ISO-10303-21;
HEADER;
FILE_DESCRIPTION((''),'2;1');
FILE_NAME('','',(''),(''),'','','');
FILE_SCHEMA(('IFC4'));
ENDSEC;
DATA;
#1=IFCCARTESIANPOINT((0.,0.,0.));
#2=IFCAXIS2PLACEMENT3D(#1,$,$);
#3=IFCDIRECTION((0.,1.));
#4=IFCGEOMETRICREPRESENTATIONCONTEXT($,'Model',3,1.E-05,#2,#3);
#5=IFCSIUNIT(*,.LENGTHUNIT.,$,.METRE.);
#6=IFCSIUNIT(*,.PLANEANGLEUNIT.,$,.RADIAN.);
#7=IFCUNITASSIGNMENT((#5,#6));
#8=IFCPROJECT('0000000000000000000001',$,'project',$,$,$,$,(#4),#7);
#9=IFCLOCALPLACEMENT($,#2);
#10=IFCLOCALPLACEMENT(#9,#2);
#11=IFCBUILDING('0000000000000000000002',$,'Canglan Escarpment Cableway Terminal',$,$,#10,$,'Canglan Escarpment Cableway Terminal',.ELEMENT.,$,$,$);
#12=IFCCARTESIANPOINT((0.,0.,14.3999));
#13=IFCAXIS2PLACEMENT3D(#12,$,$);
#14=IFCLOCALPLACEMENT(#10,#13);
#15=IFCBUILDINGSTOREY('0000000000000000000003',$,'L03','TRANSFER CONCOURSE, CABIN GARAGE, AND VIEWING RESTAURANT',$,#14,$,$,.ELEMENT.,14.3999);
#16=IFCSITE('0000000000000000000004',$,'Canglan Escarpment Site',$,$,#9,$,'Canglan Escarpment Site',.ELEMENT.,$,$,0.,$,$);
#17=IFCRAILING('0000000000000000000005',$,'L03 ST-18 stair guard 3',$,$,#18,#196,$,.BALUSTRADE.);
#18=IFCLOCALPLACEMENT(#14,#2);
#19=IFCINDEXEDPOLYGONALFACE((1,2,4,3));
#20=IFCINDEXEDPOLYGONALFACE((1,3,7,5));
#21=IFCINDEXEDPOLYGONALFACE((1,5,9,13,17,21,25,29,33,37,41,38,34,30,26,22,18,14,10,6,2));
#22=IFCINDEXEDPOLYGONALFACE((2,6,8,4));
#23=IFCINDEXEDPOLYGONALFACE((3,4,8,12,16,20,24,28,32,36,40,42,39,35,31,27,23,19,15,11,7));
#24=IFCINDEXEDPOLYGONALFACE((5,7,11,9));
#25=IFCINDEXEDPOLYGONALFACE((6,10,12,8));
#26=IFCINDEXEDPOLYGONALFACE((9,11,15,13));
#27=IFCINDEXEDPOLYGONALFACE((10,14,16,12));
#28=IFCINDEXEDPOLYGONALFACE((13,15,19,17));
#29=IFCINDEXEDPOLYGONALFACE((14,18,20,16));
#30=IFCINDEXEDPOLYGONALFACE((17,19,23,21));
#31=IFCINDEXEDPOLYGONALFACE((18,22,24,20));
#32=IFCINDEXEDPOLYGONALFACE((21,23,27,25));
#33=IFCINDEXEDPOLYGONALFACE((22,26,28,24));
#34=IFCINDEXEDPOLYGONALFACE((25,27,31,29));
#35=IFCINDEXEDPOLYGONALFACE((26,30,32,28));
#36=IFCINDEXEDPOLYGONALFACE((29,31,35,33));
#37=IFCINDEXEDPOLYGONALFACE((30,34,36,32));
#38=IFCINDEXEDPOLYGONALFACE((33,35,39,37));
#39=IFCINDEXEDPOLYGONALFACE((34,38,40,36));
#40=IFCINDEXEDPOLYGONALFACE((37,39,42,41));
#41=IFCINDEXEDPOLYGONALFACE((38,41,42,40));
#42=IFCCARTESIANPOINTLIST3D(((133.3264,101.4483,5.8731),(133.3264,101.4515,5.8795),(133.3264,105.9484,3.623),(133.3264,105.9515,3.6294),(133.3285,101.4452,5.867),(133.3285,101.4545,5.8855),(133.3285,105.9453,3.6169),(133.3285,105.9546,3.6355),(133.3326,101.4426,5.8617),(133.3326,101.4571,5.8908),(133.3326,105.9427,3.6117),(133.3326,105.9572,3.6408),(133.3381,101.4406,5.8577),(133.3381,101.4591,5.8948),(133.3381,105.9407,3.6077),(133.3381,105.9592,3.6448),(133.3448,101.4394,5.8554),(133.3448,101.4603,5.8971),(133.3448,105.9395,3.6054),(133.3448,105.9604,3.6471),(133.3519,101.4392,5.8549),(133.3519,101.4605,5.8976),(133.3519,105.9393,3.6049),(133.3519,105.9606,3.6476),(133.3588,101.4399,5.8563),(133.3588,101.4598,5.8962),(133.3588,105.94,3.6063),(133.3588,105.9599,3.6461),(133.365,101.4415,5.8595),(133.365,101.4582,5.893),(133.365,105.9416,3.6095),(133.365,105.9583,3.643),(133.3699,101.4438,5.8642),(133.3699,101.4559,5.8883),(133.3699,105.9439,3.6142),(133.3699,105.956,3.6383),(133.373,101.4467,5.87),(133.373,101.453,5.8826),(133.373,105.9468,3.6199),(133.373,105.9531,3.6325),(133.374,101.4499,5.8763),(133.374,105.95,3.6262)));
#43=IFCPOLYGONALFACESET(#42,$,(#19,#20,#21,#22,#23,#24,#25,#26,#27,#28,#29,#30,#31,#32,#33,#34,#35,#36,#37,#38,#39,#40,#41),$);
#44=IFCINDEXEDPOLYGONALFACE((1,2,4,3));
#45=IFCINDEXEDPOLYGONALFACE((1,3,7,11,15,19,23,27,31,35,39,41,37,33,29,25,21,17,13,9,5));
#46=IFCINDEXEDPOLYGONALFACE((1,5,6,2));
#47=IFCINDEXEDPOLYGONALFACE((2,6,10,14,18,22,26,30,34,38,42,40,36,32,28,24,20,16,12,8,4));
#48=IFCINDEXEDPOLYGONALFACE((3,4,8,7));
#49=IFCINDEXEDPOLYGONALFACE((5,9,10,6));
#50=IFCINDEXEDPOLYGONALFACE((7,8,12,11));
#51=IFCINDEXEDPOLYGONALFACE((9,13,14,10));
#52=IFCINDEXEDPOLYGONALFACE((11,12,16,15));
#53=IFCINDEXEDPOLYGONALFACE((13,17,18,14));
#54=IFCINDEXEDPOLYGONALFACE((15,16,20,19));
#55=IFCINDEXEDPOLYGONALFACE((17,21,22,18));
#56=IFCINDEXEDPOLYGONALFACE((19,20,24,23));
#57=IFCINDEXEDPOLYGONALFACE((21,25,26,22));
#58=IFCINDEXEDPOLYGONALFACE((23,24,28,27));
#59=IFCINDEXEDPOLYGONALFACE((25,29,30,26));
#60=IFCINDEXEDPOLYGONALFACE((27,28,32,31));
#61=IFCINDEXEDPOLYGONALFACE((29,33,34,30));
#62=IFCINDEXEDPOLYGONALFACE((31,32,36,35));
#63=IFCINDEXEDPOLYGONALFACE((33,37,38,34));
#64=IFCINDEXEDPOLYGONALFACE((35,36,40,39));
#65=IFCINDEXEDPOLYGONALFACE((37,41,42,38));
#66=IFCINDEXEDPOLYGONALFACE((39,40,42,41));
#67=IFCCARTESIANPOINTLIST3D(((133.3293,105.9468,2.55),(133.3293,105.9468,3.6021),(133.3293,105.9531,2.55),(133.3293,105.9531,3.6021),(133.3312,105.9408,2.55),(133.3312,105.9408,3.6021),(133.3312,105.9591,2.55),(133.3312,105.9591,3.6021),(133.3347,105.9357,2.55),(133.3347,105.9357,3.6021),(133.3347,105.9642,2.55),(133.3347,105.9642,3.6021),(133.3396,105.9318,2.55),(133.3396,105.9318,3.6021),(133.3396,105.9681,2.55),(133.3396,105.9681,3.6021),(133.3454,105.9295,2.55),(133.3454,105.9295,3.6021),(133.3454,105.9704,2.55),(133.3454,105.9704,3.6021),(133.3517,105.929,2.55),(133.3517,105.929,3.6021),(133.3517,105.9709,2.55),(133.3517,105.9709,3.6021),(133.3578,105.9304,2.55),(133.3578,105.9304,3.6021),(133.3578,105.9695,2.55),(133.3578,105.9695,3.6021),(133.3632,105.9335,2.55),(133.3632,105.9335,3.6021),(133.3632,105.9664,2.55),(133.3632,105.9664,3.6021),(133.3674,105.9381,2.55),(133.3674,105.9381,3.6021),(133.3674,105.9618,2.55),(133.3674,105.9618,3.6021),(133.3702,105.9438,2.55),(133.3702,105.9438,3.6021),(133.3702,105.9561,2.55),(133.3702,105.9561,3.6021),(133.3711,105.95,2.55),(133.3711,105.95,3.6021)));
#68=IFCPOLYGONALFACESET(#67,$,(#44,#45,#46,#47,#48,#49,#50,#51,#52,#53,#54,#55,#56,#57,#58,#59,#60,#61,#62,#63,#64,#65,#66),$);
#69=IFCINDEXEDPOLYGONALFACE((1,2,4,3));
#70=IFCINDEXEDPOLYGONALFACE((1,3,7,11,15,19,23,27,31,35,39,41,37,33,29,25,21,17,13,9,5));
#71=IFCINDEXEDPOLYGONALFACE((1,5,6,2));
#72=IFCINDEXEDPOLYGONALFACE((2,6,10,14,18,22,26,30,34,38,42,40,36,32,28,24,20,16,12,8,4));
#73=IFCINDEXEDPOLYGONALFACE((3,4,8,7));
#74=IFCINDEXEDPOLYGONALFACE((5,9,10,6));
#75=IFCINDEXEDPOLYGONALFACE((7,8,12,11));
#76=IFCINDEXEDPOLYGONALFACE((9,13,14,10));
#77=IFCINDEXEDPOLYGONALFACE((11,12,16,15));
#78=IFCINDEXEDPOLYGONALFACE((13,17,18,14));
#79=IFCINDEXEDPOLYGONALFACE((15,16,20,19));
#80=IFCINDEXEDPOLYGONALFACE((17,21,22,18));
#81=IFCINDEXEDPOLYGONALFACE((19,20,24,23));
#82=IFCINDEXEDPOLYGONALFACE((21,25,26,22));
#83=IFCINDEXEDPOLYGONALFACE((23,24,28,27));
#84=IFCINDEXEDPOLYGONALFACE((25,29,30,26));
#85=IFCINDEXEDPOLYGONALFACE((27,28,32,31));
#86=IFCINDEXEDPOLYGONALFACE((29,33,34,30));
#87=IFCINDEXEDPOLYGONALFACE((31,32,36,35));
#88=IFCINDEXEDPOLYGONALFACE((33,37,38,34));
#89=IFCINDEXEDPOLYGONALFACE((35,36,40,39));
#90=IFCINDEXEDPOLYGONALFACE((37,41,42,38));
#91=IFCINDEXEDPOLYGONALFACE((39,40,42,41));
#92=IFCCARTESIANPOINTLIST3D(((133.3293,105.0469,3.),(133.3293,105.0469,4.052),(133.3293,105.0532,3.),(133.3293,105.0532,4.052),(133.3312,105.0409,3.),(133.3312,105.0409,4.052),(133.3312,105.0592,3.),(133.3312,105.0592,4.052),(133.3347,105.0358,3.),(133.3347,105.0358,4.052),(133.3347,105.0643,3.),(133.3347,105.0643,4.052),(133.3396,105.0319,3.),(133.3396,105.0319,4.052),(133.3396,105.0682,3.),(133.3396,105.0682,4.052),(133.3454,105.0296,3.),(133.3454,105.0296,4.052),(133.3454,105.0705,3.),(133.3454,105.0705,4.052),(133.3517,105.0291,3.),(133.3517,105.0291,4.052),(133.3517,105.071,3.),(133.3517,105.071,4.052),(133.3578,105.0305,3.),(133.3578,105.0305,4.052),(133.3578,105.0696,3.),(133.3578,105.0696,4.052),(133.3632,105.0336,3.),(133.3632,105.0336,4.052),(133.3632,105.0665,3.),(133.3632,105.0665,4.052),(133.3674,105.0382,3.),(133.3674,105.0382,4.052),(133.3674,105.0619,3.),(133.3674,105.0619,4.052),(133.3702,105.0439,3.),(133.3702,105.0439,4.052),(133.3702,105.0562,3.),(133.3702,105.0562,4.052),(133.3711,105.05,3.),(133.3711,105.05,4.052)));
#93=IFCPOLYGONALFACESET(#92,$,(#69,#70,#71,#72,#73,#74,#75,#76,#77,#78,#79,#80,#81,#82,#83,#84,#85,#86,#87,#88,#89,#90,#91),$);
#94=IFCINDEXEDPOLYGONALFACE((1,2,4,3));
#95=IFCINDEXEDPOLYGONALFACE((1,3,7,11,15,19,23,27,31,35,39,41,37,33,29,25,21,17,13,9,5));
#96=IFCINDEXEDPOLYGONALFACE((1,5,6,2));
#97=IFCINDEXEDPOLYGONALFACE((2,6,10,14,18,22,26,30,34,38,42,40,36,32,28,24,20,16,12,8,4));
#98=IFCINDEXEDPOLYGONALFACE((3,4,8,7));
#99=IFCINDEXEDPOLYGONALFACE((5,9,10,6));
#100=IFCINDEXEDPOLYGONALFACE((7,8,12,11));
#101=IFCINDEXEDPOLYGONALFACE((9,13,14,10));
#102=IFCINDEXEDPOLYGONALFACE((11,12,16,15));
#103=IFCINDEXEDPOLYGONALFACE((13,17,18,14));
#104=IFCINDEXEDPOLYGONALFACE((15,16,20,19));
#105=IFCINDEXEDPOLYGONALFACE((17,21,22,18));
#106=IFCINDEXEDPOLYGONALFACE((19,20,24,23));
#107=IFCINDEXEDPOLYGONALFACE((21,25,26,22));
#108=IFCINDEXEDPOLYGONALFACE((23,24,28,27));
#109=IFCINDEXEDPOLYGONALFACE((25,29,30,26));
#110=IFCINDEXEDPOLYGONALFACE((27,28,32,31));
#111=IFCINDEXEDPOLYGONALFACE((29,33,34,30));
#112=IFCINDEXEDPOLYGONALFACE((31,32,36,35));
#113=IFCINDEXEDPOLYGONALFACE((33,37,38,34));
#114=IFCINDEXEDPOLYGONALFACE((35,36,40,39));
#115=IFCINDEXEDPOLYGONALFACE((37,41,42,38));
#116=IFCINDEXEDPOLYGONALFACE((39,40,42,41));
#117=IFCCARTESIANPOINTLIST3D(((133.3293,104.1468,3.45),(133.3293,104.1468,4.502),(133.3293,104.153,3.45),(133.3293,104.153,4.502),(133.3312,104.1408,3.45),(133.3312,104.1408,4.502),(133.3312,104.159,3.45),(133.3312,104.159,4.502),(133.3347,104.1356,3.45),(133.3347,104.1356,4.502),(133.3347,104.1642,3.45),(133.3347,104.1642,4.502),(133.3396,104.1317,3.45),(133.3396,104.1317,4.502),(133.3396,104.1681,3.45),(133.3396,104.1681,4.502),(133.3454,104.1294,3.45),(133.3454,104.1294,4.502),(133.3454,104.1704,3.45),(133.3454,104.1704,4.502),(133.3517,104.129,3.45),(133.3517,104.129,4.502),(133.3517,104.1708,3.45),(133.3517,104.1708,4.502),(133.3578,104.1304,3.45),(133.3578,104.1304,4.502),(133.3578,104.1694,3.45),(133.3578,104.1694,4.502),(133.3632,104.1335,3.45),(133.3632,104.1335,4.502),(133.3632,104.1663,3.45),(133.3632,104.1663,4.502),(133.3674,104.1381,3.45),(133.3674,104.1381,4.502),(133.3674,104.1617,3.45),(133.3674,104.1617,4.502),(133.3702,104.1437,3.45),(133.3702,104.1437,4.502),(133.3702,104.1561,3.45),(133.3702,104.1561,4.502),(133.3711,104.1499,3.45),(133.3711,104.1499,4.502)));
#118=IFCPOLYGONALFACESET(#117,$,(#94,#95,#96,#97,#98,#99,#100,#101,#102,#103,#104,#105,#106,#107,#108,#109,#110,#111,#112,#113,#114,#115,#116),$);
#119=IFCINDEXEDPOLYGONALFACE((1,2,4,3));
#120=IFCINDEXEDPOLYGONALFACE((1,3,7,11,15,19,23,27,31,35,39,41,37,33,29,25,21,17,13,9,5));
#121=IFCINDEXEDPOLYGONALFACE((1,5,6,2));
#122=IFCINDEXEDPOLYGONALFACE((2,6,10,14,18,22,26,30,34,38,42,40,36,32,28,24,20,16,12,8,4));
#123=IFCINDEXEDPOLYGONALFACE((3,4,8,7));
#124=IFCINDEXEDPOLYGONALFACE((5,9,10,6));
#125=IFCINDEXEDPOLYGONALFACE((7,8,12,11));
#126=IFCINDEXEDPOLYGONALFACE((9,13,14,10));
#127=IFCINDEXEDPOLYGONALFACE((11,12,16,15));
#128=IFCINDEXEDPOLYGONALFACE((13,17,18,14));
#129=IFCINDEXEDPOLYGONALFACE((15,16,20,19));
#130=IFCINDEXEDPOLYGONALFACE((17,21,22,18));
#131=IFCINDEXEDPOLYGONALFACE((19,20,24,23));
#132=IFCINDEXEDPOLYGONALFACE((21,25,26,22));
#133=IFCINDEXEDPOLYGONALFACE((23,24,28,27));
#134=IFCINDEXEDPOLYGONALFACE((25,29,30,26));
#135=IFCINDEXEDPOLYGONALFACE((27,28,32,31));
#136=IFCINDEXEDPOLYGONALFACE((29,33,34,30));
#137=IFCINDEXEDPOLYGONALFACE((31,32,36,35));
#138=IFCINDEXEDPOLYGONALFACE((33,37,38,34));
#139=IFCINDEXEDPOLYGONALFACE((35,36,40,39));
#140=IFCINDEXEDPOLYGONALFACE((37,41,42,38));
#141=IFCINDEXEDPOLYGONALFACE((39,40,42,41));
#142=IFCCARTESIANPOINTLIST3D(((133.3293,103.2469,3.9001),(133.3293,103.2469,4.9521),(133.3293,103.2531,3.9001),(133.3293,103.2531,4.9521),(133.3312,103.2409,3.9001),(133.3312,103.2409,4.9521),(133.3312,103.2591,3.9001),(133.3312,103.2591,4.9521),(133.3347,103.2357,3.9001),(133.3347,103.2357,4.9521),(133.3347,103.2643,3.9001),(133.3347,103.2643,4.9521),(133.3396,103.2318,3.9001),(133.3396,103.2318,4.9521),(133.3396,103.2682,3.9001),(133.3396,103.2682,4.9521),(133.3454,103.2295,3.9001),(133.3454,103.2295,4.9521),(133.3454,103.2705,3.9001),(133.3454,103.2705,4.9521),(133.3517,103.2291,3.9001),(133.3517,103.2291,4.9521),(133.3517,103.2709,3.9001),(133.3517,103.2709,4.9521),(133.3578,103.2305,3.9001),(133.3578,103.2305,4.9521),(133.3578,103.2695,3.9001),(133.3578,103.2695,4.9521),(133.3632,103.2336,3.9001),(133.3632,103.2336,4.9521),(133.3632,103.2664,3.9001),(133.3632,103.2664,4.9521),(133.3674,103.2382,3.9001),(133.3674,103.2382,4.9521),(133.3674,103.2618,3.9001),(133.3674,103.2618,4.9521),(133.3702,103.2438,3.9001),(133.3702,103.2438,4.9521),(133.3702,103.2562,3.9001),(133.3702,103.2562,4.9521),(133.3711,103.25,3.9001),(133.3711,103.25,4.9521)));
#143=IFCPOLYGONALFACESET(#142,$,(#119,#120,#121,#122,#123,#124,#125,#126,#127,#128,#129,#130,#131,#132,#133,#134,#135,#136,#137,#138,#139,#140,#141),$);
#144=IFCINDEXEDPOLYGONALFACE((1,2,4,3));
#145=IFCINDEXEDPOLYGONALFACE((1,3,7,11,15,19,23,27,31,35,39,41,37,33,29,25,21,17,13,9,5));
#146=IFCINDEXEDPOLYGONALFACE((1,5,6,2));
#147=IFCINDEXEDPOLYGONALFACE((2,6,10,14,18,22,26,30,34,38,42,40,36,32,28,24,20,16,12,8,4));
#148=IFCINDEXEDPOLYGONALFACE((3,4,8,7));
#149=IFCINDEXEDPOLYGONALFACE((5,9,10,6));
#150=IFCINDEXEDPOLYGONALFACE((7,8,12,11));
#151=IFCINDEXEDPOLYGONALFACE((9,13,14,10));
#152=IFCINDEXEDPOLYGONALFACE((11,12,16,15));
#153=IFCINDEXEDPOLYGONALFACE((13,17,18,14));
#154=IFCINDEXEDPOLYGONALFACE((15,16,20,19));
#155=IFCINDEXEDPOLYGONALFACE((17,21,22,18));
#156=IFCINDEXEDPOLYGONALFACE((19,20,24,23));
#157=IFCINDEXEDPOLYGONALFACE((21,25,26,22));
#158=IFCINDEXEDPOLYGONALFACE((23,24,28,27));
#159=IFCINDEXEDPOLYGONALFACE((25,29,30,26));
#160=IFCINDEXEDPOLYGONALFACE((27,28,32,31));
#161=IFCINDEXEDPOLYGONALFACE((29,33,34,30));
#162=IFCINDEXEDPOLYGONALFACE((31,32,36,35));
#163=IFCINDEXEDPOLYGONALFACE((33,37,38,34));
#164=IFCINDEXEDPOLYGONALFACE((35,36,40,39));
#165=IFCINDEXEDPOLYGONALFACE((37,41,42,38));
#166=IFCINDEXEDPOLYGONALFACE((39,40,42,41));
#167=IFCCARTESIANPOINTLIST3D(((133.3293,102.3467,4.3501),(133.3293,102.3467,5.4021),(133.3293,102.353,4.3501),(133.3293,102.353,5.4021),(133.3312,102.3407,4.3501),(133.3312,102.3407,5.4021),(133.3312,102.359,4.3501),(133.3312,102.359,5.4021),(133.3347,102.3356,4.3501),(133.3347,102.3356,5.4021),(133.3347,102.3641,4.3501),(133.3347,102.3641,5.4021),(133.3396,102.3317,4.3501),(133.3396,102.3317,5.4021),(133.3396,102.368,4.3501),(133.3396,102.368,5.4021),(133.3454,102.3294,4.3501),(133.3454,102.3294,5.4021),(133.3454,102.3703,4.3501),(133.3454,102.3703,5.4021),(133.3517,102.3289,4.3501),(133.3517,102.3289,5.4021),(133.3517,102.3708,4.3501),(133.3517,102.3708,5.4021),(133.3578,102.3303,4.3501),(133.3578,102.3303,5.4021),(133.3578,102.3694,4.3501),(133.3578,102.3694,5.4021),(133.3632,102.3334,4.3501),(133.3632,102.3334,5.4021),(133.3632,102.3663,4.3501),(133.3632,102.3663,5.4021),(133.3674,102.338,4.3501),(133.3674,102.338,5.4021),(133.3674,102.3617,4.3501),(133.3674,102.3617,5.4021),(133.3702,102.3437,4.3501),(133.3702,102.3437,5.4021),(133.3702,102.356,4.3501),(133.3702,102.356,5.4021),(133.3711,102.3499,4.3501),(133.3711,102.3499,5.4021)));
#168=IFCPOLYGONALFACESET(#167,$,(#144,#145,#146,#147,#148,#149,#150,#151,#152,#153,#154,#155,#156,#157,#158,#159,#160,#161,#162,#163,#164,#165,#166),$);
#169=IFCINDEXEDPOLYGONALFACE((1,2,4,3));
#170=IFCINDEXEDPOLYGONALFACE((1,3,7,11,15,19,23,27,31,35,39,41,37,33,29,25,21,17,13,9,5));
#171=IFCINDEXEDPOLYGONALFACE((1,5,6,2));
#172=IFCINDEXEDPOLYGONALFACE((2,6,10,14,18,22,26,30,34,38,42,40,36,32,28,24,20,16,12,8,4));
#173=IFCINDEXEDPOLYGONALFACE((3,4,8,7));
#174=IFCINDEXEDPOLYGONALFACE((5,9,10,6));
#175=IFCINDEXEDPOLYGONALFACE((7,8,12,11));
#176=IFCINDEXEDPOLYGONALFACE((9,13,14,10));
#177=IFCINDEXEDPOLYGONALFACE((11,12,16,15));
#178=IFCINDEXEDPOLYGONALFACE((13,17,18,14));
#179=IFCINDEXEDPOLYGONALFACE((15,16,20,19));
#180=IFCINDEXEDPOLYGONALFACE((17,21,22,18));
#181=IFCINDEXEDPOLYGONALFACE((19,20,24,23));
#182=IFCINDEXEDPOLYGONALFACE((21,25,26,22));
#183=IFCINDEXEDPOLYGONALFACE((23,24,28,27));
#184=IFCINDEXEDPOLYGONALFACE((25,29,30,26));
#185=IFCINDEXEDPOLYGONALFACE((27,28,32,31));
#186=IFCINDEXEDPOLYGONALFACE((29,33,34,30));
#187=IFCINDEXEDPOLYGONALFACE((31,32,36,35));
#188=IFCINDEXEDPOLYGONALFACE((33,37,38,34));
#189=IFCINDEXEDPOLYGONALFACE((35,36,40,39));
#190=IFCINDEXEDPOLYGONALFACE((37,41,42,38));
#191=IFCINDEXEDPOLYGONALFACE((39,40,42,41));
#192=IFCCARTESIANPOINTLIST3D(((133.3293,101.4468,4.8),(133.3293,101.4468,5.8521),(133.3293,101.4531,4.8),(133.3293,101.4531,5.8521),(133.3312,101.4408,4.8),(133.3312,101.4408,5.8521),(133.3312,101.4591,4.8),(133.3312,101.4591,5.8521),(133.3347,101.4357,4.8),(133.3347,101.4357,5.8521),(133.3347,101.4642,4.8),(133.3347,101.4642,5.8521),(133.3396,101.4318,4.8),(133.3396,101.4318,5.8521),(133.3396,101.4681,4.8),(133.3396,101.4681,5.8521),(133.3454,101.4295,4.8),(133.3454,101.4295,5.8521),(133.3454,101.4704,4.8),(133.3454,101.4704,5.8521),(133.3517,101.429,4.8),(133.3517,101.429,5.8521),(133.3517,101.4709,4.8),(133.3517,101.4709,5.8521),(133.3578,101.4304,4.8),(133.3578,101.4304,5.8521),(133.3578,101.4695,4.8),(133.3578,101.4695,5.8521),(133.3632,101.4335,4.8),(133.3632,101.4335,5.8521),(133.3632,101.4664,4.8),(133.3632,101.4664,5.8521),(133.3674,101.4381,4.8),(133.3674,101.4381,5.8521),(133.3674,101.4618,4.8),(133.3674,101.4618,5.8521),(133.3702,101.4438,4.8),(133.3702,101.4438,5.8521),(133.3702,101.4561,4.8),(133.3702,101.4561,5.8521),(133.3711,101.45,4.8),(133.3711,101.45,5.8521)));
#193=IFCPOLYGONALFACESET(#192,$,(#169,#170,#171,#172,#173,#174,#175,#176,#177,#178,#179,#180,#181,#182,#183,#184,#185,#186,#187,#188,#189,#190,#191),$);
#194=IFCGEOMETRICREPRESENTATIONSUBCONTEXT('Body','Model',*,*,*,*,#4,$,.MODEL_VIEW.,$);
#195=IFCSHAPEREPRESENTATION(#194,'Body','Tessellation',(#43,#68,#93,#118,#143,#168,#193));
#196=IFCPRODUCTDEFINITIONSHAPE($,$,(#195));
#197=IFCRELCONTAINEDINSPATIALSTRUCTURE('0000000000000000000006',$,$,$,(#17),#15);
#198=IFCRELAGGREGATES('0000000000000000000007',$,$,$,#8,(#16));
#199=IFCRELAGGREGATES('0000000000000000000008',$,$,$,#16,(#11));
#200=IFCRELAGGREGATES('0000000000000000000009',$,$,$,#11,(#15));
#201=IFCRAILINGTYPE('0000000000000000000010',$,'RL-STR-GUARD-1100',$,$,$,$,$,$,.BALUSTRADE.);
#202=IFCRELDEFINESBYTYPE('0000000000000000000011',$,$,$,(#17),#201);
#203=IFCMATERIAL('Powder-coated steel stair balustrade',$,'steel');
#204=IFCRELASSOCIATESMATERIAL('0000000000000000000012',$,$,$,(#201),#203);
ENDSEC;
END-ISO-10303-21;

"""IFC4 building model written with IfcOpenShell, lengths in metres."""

from ifc_helpers import new_model, si_unit, direction, frame, origin, origin_2d, place, context, subcontext, project, spatial, circle, extrude, material, type_object, element, save


model = new_model("IFC4")

# Units and contexts
model_context = context("Model", 3, precision=1e-05, world=origin(), true_north=direction((0.0, 1.0)))
body_context = subcontext(model_context, "Body", "Model", "MODEL_VIEW")
ifc_project = project(units=[si_unit("LENGTHUNIT", "METRE"), si_unit("PLANEANGLEUNIT", "RADIAN")], contexts=[model_context])

# Site, building, storey
site_placement = place(None, origin())
site = spatial("IfcSite", under=ifc_project, at=site_placement, Name="Canglan Escarpment Site", LongName="Canglan Escarpment Site", CompositionType="ELEMENT", RefElevation=0.0)
building_placement = place(site_placement, origin())
building = spatial("IfcBuilding", under=site, at=building_placement, Name="Canglan Escarpment Cableway Terminal", LongName="Canglan Escarpment Cableway Terminal", CompositionType="ELEMENT")
storey_placement = place(building_placement, frame((0.0, 0.0, 14.3999)))
storey = spatial("IfcBuildingStorey", under=building, at=storey_placement, Name="L03", Description="TRANSFER CONCOURSE, CABIN GARAGE, AND VIEWING RESTAURANT", CompositionType="ELEMENT", Elevation=14.3999)

# Railing
ifc_material_1 = material(Name="Powder-coated steel stair balustrade", Category="steel")
railing_type_1 = type_object("IfcRailingType", Name="RL-STR-GUARD-1100", PredefinedType="BALUSTRADE", material=ifc_material_1)
railing_1_placement = place(storey_placement, frame((133.3501, 105.95, 2.55)))
element("IfcRailing", 1, at=railing_1_placement, inside=storey, type_object=railing_type_1, Name="L03 ST-18 stair guard 3", PredefinedType="BALUSTRADE", context=body_context, shape_type="SweptSolid", body=[
    extrude(circle(Radius=0.0239, at=origin_2d()), frame((0.0, 0.0, 1.0762), z_axis=(0.0, -0.894427, 0.447214), x_axis=(1.0, 0.0, 0.0)), (0.0, 0.0, 1.0), 5.0312),
    extrude(circle(Radius=0.021, at=origin_2d()), origin(), (0.0, 0.0, 1.0), 1.052),
    extrude(circle(Radius=0.021, at=origin_2d()), frame((0.0, -0.8999, 0.45)), (0.0, 0.0, 1.0), 1.052),
    extrude(circle(Radius=0.021, at=origin_2d()), frame((0.0, -1.8, 0.8999)), (0.0, 0.0, 1.0), 1.052),
    extrude(circle(Radius=0.021, at=origin_2d()), frame((0.0, -2.7, 1.3501)), (0.0, 0.0, 1.0), 1.052),
    extrude(circle(Radius=0.021, at=origin_2d()), frame((0.0, -3.6001, 1.8)), (0.0, 0.0, 1.0), 1.052),
    extrude(circle(Radius=0.021, at=origin_2d()), frame((0.0, -4.5, 2.25)), (0.0, 0.0, 1.0), 1.052),
])

save(model, "model.ifc")
